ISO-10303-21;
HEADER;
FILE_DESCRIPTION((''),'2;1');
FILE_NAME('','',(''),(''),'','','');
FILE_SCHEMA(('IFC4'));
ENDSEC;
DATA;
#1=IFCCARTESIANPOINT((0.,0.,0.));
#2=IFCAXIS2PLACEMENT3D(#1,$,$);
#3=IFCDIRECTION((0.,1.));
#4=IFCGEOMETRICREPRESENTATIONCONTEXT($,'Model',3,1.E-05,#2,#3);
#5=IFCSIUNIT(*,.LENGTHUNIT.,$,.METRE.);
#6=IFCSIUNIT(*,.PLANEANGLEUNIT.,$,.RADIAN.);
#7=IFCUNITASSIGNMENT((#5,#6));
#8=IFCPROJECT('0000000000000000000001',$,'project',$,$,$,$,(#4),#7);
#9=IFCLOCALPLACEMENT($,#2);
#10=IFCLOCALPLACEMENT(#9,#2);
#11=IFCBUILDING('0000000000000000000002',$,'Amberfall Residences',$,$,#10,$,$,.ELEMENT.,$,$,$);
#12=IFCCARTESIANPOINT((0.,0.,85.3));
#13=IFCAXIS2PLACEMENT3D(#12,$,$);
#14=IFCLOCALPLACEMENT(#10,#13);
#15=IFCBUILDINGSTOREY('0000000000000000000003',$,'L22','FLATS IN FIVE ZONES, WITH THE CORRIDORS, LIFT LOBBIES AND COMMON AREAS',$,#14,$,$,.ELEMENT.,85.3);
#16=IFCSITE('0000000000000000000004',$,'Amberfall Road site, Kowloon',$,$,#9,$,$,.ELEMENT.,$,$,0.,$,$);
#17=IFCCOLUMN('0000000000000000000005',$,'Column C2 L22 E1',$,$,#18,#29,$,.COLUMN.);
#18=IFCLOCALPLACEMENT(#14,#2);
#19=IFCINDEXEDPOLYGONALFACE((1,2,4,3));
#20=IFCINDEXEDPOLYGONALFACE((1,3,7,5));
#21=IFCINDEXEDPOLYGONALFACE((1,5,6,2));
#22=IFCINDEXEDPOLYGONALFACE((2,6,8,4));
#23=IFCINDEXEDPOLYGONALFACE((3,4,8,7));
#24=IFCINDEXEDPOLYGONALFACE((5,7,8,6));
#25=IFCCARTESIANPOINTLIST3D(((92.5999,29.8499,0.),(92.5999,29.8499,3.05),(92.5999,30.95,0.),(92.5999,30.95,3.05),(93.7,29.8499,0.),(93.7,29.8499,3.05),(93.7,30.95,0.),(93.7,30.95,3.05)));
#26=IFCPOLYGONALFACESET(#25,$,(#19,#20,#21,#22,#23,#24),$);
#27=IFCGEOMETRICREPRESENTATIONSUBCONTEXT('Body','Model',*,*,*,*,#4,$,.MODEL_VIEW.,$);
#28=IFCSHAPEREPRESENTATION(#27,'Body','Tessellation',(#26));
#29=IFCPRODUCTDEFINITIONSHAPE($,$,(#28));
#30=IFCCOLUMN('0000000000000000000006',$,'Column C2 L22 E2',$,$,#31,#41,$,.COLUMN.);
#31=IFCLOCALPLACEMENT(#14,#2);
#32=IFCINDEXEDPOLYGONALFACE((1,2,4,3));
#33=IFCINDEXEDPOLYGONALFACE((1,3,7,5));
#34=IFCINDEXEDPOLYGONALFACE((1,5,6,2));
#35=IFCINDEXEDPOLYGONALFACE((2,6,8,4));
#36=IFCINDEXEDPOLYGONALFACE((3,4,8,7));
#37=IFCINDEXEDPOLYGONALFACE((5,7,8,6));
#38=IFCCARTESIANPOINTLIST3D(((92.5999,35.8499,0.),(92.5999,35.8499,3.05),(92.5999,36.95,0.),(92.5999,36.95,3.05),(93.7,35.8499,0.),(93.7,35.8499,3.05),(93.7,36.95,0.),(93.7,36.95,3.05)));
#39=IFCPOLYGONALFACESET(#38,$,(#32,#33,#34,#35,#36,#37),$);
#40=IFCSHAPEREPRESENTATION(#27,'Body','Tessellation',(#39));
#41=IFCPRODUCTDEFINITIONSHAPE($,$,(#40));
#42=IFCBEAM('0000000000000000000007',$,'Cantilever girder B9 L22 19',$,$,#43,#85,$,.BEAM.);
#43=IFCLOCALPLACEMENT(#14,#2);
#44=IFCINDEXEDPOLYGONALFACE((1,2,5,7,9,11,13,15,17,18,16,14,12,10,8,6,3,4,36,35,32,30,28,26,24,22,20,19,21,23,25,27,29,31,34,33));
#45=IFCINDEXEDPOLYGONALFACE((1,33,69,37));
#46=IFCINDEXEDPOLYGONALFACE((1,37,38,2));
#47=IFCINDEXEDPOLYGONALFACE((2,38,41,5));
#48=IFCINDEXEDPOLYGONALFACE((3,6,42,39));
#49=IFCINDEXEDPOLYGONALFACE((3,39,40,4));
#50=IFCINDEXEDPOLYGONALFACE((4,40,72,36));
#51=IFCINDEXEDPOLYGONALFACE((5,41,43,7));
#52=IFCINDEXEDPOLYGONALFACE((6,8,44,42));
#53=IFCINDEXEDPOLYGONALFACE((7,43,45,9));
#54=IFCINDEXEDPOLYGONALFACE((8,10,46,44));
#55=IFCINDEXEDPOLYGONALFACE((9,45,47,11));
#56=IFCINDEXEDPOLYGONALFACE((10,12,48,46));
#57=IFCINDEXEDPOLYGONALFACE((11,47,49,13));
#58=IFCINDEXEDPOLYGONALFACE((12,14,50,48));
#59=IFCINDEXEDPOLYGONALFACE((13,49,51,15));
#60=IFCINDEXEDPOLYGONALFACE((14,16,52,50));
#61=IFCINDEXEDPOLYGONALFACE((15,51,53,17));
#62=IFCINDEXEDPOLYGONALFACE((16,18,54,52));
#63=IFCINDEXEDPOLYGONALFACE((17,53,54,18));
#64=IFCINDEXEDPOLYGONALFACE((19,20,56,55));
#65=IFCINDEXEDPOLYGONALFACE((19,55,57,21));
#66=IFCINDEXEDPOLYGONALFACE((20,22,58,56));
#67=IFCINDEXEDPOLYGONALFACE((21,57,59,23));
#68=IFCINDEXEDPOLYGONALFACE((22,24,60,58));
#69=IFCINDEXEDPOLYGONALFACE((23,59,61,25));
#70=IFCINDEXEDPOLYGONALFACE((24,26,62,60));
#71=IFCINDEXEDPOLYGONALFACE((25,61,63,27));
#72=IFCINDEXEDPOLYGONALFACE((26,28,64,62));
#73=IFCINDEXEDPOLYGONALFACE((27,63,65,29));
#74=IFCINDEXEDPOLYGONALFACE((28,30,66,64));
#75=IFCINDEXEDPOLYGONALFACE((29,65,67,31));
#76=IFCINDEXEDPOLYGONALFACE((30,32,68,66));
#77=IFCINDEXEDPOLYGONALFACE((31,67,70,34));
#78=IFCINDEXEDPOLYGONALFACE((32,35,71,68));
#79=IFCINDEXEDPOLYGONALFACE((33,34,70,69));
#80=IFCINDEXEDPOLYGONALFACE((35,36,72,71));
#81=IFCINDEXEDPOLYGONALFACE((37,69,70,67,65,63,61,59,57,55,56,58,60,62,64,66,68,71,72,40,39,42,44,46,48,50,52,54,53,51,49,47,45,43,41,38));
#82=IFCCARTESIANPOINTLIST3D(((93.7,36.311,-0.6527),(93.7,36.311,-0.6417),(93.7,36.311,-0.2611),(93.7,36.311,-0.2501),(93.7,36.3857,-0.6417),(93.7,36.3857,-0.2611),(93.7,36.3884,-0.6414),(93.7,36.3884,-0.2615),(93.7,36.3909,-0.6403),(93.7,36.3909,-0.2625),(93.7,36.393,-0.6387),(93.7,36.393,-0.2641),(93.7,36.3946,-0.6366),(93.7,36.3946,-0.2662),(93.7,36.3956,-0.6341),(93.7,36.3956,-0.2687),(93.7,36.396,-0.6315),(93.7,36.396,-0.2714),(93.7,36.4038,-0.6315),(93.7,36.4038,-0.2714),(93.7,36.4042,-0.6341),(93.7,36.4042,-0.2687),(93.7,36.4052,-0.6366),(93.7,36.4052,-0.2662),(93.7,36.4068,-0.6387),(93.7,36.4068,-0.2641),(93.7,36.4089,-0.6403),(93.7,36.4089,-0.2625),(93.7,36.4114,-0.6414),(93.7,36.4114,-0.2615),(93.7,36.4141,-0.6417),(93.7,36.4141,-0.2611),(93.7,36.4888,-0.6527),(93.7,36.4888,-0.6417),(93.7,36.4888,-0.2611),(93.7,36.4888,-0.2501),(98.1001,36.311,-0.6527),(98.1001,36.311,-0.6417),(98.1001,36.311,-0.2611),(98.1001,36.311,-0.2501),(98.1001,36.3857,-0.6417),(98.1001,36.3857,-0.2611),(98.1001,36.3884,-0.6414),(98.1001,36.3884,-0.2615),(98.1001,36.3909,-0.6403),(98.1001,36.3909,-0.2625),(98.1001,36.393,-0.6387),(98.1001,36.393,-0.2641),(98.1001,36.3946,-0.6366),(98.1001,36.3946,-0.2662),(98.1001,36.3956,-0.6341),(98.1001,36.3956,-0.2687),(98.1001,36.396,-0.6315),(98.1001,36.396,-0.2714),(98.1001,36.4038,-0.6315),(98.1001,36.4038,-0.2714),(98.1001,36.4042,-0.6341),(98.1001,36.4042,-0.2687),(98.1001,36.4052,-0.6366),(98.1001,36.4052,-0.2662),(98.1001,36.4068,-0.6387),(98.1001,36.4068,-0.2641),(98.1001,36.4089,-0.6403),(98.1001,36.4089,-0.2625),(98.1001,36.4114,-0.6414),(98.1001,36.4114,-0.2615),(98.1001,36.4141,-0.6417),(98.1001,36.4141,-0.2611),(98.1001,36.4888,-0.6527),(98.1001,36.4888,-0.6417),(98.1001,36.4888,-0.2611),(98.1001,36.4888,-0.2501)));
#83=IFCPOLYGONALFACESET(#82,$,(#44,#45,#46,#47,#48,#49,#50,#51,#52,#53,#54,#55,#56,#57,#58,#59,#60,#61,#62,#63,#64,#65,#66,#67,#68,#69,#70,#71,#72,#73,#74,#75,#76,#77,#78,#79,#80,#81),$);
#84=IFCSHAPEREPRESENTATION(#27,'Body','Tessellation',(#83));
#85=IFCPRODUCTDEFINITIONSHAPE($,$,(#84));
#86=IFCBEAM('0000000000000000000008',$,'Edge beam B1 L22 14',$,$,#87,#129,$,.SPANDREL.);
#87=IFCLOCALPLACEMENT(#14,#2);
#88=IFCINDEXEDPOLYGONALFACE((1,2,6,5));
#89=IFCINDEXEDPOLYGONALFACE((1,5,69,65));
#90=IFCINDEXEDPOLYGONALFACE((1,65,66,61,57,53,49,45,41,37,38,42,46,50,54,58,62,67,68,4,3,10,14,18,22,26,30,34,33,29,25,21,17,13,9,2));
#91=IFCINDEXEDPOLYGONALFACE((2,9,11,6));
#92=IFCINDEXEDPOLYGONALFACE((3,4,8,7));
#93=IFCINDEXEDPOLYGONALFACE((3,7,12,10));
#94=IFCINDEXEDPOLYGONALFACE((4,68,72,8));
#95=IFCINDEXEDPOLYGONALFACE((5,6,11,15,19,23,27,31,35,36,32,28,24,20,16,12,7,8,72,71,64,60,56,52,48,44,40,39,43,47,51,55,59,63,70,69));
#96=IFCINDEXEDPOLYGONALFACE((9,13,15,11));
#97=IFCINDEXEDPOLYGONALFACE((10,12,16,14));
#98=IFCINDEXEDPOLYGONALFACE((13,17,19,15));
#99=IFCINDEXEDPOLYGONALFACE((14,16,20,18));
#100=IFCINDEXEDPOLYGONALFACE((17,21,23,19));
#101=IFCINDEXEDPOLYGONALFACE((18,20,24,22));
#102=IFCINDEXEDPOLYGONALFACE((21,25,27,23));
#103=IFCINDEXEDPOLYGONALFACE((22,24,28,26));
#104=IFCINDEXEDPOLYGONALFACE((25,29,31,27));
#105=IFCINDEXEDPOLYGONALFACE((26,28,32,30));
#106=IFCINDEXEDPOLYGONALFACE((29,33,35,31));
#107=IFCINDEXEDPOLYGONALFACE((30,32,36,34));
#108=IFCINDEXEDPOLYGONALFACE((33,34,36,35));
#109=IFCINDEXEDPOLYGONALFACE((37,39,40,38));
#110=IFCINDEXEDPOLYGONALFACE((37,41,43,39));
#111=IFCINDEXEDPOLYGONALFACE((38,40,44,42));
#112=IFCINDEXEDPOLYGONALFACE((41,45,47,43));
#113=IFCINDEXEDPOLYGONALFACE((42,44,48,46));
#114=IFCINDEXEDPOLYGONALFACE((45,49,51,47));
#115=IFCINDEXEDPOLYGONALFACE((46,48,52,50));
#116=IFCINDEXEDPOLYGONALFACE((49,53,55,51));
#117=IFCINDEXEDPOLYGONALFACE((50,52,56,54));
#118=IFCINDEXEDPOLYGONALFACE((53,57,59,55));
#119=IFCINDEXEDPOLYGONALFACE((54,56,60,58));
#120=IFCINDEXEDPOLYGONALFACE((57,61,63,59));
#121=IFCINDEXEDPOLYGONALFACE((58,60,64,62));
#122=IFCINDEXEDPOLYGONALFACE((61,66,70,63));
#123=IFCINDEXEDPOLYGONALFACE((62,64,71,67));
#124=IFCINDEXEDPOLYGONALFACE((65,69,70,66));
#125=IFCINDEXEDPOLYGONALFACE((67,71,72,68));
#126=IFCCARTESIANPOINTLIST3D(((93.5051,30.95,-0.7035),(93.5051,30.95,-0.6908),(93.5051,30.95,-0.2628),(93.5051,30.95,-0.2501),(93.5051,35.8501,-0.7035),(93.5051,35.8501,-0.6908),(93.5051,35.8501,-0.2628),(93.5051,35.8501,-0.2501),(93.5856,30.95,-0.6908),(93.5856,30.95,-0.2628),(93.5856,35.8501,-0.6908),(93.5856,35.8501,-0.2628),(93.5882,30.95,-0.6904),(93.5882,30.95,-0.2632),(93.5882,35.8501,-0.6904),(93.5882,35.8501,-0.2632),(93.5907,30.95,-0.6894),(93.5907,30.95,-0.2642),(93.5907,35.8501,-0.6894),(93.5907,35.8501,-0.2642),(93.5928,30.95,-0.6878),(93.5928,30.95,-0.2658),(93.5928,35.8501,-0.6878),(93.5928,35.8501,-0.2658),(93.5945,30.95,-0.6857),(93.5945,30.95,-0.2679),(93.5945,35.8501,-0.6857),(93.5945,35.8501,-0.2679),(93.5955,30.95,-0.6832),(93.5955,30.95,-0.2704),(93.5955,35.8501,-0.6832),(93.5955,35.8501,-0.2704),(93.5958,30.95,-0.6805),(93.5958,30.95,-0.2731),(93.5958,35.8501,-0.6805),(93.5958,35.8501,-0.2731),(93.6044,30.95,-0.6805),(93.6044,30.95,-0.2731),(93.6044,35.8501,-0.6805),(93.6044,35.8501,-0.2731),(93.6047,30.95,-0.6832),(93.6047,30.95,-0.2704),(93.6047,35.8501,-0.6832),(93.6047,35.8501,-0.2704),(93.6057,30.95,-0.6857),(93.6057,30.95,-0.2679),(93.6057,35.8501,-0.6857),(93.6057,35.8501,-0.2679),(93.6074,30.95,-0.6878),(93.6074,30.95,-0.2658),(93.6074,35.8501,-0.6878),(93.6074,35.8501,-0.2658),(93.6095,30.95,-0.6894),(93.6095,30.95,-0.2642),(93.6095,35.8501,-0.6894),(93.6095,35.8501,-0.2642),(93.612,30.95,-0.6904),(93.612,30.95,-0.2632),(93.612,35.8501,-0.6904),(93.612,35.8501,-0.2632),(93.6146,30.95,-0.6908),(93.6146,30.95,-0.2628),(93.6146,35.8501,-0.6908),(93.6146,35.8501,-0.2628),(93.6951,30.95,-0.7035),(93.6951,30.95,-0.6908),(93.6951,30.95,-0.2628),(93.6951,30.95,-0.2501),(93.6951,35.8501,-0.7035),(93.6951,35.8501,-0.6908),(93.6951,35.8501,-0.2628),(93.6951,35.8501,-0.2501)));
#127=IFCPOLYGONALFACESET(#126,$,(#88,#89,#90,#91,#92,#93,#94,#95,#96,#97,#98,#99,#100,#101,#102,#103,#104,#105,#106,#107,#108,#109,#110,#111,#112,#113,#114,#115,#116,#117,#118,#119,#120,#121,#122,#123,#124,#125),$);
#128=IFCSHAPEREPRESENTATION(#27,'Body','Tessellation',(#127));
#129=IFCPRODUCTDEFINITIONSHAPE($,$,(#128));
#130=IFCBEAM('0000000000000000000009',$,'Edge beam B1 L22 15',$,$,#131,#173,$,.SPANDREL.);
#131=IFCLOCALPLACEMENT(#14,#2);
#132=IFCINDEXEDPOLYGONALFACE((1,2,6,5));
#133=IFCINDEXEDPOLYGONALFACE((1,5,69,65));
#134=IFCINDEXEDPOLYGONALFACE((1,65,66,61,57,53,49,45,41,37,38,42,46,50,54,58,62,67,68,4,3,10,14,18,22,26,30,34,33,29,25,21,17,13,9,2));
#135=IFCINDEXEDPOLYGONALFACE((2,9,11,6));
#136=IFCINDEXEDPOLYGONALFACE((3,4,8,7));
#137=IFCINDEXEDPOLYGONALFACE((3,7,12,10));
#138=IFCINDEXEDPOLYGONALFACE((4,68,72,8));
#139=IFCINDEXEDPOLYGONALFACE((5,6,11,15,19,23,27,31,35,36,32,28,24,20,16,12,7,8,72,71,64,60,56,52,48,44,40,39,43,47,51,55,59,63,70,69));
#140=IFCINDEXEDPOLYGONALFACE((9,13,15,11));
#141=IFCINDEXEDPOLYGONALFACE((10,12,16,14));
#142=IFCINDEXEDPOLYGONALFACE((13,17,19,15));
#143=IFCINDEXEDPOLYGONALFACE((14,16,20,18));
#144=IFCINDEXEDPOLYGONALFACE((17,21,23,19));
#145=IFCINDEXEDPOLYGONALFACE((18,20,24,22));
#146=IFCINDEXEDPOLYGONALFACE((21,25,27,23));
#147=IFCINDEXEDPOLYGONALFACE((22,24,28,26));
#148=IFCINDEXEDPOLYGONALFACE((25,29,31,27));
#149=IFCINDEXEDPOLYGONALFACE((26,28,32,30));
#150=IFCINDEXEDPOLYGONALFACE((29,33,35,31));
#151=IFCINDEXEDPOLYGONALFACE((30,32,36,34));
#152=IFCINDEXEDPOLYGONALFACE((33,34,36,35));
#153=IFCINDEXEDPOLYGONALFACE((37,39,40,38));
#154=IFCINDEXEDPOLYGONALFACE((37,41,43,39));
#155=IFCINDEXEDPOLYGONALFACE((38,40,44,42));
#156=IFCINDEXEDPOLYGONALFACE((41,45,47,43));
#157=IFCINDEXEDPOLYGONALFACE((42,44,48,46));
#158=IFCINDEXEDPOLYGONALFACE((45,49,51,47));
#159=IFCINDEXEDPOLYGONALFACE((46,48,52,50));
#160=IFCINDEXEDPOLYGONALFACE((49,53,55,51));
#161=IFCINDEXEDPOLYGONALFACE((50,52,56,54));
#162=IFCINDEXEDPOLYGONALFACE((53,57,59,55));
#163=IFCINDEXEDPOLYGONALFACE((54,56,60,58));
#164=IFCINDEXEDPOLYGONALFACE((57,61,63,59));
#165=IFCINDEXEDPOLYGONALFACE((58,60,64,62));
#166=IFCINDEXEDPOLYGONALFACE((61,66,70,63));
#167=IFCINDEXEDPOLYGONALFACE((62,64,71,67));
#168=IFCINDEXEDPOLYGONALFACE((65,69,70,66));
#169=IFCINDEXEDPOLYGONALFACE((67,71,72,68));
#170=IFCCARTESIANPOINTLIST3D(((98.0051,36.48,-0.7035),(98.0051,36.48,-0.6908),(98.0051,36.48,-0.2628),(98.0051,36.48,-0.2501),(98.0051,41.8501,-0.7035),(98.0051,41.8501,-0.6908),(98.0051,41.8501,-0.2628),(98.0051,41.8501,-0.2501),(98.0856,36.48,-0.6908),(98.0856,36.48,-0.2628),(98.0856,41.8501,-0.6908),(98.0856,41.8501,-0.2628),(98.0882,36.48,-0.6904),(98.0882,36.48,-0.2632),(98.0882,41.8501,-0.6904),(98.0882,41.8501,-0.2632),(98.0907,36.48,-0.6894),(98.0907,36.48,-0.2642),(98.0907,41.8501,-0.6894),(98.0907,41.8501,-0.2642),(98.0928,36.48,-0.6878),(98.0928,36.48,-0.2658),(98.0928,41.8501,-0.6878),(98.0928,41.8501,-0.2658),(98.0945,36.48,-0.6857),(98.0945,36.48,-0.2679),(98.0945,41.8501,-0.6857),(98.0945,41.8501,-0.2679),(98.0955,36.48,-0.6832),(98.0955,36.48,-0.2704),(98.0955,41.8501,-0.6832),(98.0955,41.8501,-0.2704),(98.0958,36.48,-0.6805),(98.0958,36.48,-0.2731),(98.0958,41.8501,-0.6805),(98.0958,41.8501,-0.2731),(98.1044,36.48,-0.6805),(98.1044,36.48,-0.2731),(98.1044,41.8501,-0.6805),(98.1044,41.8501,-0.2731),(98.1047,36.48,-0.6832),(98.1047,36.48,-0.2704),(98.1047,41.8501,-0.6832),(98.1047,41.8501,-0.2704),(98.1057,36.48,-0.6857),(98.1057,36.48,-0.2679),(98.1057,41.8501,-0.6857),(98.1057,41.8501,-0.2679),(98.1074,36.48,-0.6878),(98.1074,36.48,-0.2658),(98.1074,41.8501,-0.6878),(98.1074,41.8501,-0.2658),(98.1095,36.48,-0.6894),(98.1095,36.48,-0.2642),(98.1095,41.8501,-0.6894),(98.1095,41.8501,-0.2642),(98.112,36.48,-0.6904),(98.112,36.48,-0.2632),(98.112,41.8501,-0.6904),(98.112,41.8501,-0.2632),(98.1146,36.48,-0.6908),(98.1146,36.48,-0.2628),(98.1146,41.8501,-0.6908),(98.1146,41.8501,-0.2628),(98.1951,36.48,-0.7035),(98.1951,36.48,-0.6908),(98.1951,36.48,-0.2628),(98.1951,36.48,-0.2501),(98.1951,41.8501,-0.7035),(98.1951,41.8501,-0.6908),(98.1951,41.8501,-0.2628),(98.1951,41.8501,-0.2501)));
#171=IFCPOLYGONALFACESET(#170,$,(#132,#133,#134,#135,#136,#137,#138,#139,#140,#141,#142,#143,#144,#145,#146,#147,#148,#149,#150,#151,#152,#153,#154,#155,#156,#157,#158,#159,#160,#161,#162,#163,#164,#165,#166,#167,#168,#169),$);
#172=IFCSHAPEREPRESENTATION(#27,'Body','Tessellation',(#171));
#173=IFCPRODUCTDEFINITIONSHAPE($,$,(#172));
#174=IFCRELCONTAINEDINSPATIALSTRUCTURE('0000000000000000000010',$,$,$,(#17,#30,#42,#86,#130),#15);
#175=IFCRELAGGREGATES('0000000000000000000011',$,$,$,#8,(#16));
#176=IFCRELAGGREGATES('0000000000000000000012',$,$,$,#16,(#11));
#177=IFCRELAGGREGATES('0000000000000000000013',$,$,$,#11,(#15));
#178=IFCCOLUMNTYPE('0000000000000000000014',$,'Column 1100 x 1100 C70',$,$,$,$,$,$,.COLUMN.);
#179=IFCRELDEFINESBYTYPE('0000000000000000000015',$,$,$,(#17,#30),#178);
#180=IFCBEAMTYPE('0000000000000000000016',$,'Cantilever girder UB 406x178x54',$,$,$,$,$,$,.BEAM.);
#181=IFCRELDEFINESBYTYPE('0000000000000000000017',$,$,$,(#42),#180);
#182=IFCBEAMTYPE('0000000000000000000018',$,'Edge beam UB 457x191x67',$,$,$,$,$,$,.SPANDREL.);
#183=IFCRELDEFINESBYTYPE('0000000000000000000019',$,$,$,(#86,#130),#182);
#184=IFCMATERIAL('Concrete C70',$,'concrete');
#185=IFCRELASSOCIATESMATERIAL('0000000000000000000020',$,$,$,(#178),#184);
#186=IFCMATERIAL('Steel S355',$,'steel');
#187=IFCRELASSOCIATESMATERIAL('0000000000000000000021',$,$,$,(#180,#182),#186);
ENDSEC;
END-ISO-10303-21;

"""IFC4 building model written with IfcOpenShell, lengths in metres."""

from ifc_helpers import new_model, si_unit, direction, frame, origin, origin_2d, place, context, subcontext, project, spatial, rectangle, i_section, extrude, material, material_profile, profile_set, type_object, element, save


model = new_model("IFC4")

# Units and contexts
model_context = context("Model", 3, precision=1e-05, world=origin(), true_north=direction((0.0, 1.0)))
body_context = subcontext(model_context, "Body", "Model", "MODEL_VIEW")
ifc_project = project(units=[si_unit("LENGTHUNIT", "METRE"), si_unit("PLANEANGLEUNIT", "RADIAN")], contexts=[model_context])

# Site, building, storey
site_placement = place(None, origin())
site = spatial("IfcSite", under=ifc_project, at=site_placement, Name="Amberfall Road site, Kowloon", CompositionType="ELEMENT", RefElevation=0.0)
building_placement = place(site_placement, origin())
building = spatial("IfcBuilding", under=site, at=building_placement, Name="Amberfall Residences", CompositionType="ELEMENT")
storey_placement = place(building_placement, frame((0.0, 0.0, 85.3)))
storey = spatial("IfcBuildingStorey", under=building, at=storey_placement, Name="L22", Description="FLATS IN FIVE ZONES, WITH THE CORRIDORS, LIFT LOBBIES AND COMMON AREAS", CompositionType="ELEMENT", Elevation=85.3)

# Columns
ifc_material_1 = material(Name="Concrete C70", Category="concrete")
ifc_material_profile_1 = material_profile(ifc_material_1, rectangle(XDim=1.1001, YDim=1.1001, at=origin_2d()), Name="Column 1100 x 1100 C70")
ifc_profile_set_1 = profile_set([ifc_material_profile_1], Name="Concrete C70")
column_type = type_object("IfcColumnType", Name="Column 1100 x 1100 C70", PredefinedType="COLUMN", material=ifc_profile_set_1)
for number, where, z_axis, x_axis, name in (
    (1, (93.1499, 30.3999, 0.0), (0.0, 0.0, 1.0), (1.0, 0.0, 0.0), "Column C2 L22 E1"),
    (2, (93.1499, 36.3999, 0.0), (0.0, 0.0, 1.0), (1.0, 0.0, 0.0), "Column C2 L22 E2"),
):
    element("IfcColumn", number, at=place(storey_placement, frame(where, z_axis=z_axis, x_axis=x_axis)), inside=storey, type_object=column_type, Name=name, PredefinedType="COLUMN", context=body_context, shape_type="SweptSolid", body=[
        extrude(rectangle(XDim=1.1001, YDim=1.1001, at=origin_2d()), origin(), (0.0, 0.0, 1.0), 3.05),
    ])

# Beams
ifc_material_2 = material(Name="Steel S355", Category="steel")
ifc_material_profile_2 = material_profile(ifc_material_2, i_section(OverallWidth=0.1777, OverallDepth=0.4026, WebThickness=0.0078, FlangeThickness=0.011, FilletRadius=0.0103, at=origin_2d()), Name="UB 406x178x54")
ifc_profile_set_2 = profile_set([ifc_material_profile_2], Name="Steel S355")
beam_type_1 = type_object("IfcBeamType", Name="Cantilever girder UB 406x178x54", PredefinedType="BEAM", material=ifc_profile_set_2)
beam_1_placement = place(storey_placement, frame((93.7, 36.3999, -0.4514), z_axis=(1.0, 0.0, 0.0), x_axis=(0.0, 1.0, 0.0)))
element("IfcBeam", 3, at=beam_1_placement, inside=storey, type_object=beam_type_1, Name="Cantilever girder B9 L22 19", PredefinedType="BEAM", context=body_context, shape_type="SweptSolid", body=[
    extrude(i_section(OverallWidth=0.1777, OverallDepth=0.4026, WebThickness=0.0078, FlangeThickness=0.011, FilletRadius=0.0103, at=origin_2d()), origin(), (0.0, 0.0, 1.0), 4.4001),
])
ifc_material_profile_3 = material_profile(ifc_material_2, i_section(OverallWidth=0.1899, OverallDepth=0.4534, WebThickness=0.0085, FlangeThickness=0.0127, FilletRadius=0.0103, at=origin_2d()), Name="UB 457x191x67")
ifc_profile_set_3 = profile_set([ifc_material_profile_3], Name="Steel S355")
beam_type_2 = type_object("IfcBeamType", Name="Edge beam UB 457x191x67", PredefinedType="SPANDREL", material=ifc_profile_set_3)
beam_2_placement = place(storey_placement, frame((93.6001, 30.95, -0.4768), z_axis=(0.0, 1.0, 0.0), x_axis=(-1.0, 0.0, 0.0)))
element("IfcBeam", 4, at=beam_2_placement, inside=storey, type_object=beam_type_2, Name="Edge beam B1 L22 14", PredefinedType="SPANDREL", context=body_context, shape_type="SweptSolid", body=[
    extrude(i_section(OverallWidth=0.1899, OverallDepth=0.4534, WebThickness=0.0085, FlangeThickness=0.0127, FilletRadius=0.0103, at=origin_2d()), origin(), (0.0, 0.0, 1.0), 4.9001),
])
beam_3_placement = place(storey_placement, frame((98.1001, 36.48, -0.4768), z_axis=(0.0, 1.0, 0.0), x_axis=(-1.0, 0.0, 0.0)))
element("IfcBeam", 5, at=beam_3_placement, inside=storey, type_object=beam_type_2, Name="Edge beam B1 L22 15", PredefinedType="SPANDREL", context=body_context, shape_type="SweptSolid", body=[
    extrude(i_section(OverallWidth=0.1899, OverallDepth=0.4534, WebThickness=0.0085, FlangeThickness=0.0127, FilletRadius=0.0103, at=origin_2d()), origin(), (0.0, 0.0, 1.0), 5.3701),
])

save(model, "model.ifc")
